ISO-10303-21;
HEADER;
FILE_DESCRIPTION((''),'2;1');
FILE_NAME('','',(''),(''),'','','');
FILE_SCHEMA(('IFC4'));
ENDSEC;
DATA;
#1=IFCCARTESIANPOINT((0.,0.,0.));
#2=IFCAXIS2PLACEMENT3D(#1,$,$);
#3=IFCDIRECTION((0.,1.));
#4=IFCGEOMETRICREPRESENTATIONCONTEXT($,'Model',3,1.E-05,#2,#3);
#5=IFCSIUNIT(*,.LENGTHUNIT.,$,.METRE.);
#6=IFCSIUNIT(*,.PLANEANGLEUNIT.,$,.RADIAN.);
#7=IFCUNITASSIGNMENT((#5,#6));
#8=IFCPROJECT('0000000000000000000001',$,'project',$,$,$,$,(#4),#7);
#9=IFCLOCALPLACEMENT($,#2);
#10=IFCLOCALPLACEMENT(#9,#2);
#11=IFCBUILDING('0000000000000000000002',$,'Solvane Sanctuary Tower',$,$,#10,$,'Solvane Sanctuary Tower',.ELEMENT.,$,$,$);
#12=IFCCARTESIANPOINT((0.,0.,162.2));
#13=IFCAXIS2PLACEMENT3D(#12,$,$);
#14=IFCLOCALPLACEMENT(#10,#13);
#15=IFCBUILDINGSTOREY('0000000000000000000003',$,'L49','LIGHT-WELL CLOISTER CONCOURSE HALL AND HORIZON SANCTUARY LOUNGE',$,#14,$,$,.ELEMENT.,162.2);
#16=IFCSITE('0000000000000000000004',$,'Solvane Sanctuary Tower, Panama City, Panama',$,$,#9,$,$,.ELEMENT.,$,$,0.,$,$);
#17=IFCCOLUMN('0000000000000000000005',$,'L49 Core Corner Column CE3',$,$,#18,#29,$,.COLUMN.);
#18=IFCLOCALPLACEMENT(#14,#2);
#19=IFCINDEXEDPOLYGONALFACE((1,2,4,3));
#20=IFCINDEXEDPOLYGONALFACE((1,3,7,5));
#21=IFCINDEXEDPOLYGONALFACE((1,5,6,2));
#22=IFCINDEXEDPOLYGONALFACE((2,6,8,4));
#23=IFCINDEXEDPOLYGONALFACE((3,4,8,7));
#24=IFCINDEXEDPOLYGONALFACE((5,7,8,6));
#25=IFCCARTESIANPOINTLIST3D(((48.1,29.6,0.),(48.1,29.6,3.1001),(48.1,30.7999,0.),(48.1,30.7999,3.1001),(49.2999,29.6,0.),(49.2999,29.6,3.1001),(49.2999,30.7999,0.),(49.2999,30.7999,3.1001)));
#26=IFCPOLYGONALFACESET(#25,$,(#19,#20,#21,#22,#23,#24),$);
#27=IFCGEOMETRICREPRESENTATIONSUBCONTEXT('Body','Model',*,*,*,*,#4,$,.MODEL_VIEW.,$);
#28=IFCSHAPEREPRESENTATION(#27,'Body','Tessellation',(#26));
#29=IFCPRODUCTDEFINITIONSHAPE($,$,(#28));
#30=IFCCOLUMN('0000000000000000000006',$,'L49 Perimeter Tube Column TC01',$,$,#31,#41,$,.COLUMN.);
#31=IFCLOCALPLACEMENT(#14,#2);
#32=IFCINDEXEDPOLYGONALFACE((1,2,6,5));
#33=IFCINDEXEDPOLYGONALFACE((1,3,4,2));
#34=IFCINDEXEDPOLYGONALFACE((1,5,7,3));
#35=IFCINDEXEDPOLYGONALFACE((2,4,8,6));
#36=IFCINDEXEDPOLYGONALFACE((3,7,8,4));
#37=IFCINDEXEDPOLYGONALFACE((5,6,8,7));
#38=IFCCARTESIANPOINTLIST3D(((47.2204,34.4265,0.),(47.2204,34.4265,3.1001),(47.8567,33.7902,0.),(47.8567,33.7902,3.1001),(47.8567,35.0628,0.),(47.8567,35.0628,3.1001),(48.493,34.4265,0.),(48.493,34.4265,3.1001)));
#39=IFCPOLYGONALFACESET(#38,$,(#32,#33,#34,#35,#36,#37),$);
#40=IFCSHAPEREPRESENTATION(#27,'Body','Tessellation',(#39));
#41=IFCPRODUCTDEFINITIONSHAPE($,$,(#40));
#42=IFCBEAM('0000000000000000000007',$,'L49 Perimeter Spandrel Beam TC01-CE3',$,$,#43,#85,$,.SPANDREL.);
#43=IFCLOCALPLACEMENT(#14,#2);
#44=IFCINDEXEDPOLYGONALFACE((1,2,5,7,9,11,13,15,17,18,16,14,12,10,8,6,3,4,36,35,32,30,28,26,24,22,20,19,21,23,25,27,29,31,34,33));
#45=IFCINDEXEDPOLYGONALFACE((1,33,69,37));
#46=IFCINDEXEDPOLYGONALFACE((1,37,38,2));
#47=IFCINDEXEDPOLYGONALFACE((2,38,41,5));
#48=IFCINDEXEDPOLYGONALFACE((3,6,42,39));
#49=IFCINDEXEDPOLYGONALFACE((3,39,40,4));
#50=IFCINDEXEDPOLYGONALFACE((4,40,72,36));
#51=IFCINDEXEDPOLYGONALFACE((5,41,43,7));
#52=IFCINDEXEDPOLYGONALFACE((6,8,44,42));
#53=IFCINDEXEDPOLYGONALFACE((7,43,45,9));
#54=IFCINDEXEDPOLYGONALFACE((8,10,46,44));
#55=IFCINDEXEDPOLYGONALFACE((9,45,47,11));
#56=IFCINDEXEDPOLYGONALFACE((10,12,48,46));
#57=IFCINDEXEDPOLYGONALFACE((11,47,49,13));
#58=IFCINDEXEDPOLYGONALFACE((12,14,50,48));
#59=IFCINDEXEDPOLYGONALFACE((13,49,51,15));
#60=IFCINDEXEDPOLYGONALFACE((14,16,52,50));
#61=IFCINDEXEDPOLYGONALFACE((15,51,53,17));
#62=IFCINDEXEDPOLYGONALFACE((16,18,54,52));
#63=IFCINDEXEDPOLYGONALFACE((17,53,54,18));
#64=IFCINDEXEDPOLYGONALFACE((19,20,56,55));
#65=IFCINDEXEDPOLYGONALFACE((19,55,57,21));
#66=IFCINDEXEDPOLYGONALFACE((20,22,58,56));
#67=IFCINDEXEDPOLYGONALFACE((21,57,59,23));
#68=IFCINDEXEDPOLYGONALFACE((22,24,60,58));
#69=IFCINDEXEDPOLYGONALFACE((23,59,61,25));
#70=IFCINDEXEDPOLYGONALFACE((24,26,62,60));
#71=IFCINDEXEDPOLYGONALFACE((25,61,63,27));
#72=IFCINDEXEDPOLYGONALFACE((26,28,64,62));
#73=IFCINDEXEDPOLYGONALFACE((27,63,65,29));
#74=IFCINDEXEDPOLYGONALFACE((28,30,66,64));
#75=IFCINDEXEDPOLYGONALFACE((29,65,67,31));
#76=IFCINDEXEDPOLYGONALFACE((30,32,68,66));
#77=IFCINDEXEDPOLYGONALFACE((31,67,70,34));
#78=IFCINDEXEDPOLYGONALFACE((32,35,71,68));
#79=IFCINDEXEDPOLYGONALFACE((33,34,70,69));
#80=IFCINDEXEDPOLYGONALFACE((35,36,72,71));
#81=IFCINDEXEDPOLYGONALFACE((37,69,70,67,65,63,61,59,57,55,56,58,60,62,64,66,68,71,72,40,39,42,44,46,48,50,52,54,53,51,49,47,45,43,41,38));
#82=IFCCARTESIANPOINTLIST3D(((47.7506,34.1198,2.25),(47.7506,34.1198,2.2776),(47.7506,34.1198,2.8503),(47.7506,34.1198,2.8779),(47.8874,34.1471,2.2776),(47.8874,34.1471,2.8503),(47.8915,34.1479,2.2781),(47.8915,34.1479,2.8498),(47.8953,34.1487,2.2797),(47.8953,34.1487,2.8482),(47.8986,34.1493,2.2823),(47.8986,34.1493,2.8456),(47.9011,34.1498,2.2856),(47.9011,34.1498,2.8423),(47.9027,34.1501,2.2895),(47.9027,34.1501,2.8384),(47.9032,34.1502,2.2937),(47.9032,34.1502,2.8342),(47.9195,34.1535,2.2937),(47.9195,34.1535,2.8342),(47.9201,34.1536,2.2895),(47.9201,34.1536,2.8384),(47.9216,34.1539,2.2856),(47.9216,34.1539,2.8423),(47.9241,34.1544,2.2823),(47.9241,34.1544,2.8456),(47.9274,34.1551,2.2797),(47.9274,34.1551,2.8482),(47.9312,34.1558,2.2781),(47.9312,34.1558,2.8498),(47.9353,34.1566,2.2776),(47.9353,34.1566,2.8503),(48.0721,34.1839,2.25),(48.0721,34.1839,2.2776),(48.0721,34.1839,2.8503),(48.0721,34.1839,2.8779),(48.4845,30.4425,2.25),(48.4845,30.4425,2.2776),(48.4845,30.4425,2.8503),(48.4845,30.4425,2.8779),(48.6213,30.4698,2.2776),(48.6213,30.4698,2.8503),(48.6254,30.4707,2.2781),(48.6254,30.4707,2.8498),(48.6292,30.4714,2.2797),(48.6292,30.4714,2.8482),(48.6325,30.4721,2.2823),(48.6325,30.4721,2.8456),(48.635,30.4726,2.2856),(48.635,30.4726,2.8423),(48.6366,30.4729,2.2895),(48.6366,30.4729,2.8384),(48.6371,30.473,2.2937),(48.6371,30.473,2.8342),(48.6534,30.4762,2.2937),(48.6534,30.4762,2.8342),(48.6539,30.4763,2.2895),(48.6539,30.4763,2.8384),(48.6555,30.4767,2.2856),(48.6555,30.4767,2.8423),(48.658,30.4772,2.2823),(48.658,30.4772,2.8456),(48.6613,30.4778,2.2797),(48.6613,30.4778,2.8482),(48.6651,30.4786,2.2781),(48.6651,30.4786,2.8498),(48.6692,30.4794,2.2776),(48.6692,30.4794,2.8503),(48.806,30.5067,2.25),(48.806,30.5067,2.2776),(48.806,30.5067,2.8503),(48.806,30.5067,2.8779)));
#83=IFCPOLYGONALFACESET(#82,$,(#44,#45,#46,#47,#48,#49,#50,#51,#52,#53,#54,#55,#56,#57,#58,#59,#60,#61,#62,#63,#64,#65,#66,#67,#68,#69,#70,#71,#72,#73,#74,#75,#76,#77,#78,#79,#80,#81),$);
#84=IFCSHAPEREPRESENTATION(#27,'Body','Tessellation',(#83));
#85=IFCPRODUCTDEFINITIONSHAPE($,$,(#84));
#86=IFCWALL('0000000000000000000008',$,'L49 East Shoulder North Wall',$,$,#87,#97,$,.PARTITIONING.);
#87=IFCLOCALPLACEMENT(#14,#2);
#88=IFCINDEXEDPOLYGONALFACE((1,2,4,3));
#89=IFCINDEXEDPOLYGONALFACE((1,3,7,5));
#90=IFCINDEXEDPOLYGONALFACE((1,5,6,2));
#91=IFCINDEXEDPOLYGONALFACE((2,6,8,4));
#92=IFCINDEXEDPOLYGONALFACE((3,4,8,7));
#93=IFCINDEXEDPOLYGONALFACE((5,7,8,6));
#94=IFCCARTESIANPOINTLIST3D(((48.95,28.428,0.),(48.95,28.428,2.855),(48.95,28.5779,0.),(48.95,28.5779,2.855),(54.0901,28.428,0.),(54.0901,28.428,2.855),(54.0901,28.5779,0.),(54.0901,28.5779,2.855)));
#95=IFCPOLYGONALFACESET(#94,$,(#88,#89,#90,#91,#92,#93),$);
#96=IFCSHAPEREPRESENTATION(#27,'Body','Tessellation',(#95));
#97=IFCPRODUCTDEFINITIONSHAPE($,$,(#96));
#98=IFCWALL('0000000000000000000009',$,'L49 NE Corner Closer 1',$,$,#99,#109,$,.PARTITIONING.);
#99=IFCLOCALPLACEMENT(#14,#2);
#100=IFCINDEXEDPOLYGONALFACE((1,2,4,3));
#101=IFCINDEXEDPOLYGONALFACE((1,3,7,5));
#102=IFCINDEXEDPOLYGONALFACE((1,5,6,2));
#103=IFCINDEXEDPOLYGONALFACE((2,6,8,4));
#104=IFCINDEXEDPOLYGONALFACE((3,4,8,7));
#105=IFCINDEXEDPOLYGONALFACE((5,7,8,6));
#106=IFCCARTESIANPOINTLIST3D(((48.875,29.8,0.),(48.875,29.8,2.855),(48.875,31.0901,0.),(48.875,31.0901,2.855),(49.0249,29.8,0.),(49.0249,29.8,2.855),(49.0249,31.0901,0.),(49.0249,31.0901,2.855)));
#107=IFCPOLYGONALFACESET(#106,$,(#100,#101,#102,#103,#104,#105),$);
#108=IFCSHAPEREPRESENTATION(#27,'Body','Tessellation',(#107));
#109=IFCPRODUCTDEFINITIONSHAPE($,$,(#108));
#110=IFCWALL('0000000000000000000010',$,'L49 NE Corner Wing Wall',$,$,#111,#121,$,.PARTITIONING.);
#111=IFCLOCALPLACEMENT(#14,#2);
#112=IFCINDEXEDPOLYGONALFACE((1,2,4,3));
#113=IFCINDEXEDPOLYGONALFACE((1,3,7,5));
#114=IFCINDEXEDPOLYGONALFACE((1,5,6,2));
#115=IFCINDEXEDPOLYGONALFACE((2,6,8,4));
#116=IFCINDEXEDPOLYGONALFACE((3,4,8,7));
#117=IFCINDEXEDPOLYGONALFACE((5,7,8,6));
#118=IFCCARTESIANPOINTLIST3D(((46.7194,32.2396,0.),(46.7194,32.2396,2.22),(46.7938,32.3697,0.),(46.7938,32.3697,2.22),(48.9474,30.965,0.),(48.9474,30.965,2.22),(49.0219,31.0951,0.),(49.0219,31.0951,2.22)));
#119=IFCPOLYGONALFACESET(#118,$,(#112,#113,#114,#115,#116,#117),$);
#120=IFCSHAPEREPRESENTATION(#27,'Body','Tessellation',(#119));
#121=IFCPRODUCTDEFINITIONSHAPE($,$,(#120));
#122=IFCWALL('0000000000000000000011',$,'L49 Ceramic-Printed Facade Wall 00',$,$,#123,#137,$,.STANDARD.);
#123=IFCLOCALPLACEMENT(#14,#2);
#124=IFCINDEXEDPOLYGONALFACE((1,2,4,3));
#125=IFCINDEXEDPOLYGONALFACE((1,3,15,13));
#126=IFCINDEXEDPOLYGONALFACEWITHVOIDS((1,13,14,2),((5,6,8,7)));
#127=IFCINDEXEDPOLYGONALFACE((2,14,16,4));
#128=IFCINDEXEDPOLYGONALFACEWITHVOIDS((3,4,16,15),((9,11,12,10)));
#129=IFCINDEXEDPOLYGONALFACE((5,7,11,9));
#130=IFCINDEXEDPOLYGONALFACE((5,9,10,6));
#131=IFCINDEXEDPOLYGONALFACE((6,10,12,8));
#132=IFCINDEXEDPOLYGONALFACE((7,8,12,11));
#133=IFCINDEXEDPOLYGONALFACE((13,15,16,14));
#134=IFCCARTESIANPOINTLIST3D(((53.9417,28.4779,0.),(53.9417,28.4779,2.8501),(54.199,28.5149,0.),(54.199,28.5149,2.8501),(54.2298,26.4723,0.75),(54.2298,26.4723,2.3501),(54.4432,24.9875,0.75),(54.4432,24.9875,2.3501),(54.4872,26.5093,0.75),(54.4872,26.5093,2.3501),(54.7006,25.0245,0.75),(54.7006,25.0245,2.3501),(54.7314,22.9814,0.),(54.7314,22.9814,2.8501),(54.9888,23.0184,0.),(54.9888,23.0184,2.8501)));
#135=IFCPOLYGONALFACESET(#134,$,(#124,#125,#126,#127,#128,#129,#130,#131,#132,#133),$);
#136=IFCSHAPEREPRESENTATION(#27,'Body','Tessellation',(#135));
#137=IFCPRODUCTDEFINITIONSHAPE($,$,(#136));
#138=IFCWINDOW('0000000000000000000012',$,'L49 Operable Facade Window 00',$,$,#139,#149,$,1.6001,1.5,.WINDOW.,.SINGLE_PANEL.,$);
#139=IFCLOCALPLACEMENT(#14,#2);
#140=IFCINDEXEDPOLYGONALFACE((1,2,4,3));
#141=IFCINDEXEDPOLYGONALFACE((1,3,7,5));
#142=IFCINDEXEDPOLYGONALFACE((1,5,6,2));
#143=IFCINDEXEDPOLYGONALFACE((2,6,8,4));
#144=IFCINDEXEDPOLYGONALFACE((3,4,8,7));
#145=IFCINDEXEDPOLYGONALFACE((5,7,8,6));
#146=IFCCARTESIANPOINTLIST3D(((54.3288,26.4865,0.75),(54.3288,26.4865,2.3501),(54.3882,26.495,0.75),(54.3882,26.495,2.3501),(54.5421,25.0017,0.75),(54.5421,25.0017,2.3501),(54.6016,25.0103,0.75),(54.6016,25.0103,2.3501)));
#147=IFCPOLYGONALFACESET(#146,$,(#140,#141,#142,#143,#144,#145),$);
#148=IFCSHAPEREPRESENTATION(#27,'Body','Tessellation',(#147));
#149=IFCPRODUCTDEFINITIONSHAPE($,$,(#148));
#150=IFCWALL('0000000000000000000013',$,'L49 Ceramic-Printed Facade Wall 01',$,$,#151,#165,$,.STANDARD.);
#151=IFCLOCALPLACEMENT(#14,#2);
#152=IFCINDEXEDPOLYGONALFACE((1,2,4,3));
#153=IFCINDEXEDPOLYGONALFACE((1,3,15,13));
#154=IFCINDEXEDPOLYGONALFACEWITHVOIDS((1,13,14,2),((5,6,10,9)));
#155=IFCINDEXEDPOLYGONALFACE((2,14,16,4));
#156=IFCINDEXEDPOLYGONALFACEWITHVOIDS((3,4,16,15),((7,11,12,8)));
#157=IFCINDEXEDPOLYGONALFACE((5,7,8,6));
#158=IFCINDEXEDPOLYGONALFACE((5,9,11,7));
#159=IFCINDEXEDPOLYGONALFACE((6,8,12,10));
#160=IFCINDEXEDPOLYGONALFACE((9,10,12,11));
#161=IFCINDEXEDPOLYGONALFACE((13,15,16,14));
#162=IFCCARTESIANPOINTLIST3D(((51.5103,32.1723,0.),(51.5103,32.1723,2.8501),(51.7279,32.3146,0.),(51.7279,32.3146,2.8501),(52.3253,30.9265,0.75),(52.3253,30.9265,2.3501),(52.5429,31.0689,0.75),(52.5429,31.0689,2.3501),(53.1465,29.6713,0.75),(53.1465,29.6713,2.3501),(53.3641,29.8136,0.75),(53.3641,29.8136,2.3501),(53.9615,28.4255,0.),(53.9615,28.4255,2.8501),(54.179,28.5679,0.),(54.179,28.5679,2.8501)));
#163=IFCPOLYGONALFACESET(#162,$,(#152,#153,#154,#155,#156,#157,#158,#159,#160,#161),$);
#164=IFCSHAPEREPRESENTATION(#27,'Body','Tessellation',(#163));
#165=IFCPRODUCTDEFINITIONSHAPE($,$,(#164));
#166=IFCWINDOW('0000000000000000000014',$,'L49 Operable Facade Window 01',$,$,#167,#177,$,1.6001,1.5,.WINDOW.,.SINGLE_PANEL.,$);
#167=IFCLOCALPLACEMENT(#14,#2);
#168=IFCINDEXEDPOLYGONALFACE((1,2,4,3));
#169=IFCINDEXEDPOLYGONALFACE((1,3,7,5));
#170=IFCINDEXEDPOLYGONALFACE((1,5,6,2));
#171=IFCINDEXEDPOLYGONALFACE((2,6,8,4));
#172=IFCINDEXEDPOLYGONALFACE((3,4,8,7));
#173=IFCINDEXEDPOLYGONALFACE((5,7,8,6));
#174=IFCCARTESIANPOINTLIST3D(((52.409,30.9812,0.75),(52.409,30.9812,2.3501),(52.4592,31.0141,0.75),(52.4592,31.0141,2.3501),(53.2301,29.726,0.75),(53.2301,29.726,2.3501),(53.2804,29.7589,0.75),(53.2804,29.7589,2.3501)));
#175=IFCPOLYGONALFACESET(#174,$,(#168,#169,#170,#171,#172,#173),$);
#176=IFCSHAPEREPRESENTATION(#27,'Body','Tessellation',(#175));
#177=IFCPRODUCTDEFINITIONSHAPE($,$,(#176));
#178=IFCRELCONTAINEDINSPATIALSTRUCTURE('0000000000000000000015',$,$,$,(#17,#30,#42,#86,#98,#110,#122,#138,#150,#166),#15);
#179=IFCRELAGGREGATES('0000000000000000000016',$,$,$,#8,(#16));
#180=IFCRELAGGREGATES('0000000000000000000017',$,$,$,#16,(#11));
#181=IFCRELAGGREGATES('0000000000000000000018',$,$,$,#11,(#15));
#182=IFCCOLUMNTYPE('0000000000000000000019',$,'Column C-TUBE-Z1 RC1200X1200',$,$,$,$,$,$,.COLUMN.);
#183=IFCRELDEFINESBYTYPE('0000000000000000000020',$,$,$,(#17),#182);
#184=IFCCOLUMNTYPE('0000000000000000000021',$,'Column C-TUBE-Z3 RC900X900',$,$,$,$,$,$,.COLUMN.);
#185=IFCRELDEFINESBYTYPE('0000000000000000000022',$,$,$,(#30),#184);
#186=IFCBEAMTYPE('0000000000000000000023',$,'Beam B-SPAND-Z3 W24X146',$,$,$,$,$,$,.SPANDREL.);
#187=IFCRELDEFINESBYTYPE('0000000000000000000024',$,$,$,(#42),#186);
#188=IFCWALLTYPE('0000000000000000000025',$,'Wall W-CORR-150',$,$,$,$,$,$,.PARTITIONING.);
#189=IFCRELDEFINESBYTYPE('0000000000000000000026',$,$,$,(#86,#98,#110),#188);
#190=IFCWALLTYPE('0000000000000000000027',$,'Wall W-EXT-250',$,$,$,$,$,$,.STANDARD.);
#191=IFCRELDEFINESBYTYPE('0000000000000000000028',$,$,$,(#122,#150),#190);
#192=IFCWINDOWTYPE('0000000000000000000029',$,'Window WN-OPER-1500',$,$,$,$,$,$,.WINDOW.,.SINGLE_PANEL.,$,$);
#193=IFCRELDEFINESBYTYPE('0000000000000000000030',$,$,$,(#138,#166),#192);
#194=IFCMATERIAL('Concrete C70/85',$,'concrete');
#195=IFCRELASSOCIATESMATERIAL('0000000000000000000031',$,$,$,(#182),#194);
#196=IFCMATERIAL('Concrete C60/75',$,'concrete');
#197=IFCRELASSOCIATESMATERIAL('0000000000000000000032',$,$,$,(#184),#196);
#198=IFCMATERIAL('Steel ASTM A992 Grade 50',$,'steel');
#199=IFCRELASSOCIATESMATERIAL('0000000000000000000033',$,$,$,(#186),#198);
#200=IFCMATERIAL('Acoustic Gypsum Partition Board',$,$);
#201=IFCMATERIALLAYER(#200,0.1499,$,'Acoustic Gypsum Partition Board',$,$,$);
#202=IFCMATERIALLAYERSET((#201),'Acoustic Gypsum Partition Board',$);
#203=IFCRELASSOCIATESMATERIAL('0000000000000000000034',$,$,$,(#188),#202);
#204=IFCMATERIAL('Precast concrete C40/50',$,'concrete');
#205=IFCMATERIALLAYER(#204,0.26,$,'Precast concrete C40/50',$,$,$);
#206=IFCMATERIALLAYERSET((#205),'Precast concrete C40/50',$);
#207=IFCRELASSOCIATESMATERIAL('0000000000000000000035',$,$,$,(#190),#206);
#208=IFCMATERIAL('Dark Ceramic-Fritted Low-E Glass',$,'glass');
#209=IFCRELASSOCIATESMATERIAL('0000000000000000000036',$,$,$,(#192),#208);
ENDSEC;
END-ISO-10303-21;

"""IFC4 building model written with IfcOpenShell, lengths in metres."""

from ifc_helpers import new_model, si_unit, direction, frame, frame_2d, origin, origin_2d, place, context, subcontext, project, spatial, rectangle, i_section, extrude, material, layer, layer_set, material_profile, profile_set, type_object, element, fill, save


model = new_model("IFC4")

# Units and contexts
model_context = context("Model", 3, precision=1e-05, world=origin(), true_north=direction((0.0, 1.0)))
body_context = subcontext(model_context, "Body", "Model", "MODEL_VIEW")
ifc_project = project(units=[si_unit("LENGTHUNIT", "METRE"), si_unit("PLANEANGLEUNIT", "RADIAN")], contexts=[model_context])

# Site, building, storey
site_placement = place(None, origin())
site = spatial("IfcSite", under=ifc_project, at=site_placement, Name="Solvane Sanctuary Tower, Panama City, Panama", CompositionType="ELEMENT", RefElevation=0.0)
building_placement = place(site_placement, origin())
building = spatial("IfcBuilding", under=site, at=building_placement, Name="Solvane Sanctuary Tower", LongName="Solvane Sanctuary Tower", CompositionType="ELEMENT")
storey_placement = place(building_placement, frame((0.0, 0.0, 162.2)))
storey = spatial("IfcBuildingStorey", under=building, at=storey_placement, Name="L49", Description="LIGHT-WELL CLOISTER CONCOURSE HALL AND HORIZON SANCTUARY LOUNGE", CompositionType="ELEMENT", Elevation=162.2)

# Columns
ifc_material_1 = material(Name="Concrete C70/85", Category="concrete")
ifc_material_profile_1 = material_profile(ifc_material_1, rectangle(XDim=1.2, YDim=1.2, at=origin_2d()), Name="RC1200X1200")
ifc_profile_set_1 = profile_set([ifc_material_profile_1], Name="Concrete C70/85")
column_type_1 = type_object("IfcColumnType", Name="Column C-TUBE-Z1 RC1200X1200", PredefinedType="COLUMN", material=ifc_profile_set_1)
column_1_placement = place(storey_placement, frame((48.7, 30.2, 0.0), z_axis=(0.0, 0.0, 1.0), x_axis=(1.0, 0.0, 0.0)))
element("IfcColumn", 1, at=column_1_placement, inside=storey, type_object=column_type_1, Name="L49 Core Corner Column CE3", PredefinedType="COLUMN", context=body_context, shape_type="SweptSolid", body=[
    extrude(rectangle(XDim=1.2, YDim=1.2, at=origin_2d()), origin(), (0.0, 0.0, 1.0), 3.1001),
])
ifc_material_2 = material(Name="Concrete C60/75", Category="concrete")
ifc_material_profile_2 = material_profile(ifc_material_2, rectangle(XDim=0.8999, YDim=0.8999, at=origin_2d()), Name="RC900X900")
ifc_profile_set_2 = profile_set([ifc_material_profile_2], Name="Concrete C60/75")
column_type_2 = type_object("IfcColumnType", Name="Column C-TUBE-Z3 RC900X900", PredefinedType="COLUMN", material=ifc_profile_set_2)
column_2_placement = place(storey_placement, frame((47.8567, 34.4265, 0.0), z_axis=(0.0, 0.0, 1.0), x_axis=(0.707107, 0.707107, 0.0)))
element("IfcColumn", 2, at=column_2_placement, inside=storey, type_object=column_type_2, Name="L49 Perimeter Tube Column TC01", PredefinedType="COLUMN", context=body_context, shape_type="SweptSolid", body=[
    extrude(rectangle(XDim=0.8999, YDim=0.8999, at=origin_2d()), origin(), (0.0, 0.0, 1.0), 3.1001),
])

# Beam
ifc_material_3 = material(Name="Steel ASTM A992 Grade 50", Category="steel")
ifc_material_profile_3 = material_profile(ifc_material_3, i_section(OverallWidth=0.3279, OverallDepth=0.6279, WebThickness=0.0166, FlangeThickness=0.0276, FilletRadius=0.0161, at=origin_2d()), Name="W24X146")
ifc_profile_set_3 = profile_set([ifc_material_profile_3], Name="Steel ASTM A992 Grade 50")
beam_type = type_object("IfcBeamType", Name="Beam B-SPAND-Z3 W24X146", PredefinedType="SPANDREL", material=ifc_profile_set_3)
beam_placement = place(storey_placement, frame((47.9114, 34.1519, 2.564), z_axis=(0.195715, -0.980661, 0.0), x_axis=(0.980661, 0.195715, 0.0)))
element("IfcBeam", 3, at=beam_placement, inside=storey, type_object=beam_type, Name="L49 Perimeter Spandrel Beam TC01-CE3", PredefinedType="SPANDREL", context=body_context, shape_type="SweptSolid", body=[
    extrude(i_section(OverallWidth=0.3279, OverallDepth=0.6279, WebThickness=0.0166, FlangeThickness=0.0276, FilletRadius=0.0161, at=origin_2d()), origin(), (0.0, 0.0, 1.0), 3.7498),
])

# Walls
ifc_material_4 = material(Name="Acoustic Gypsum Partition Board")
ifc_layer_1 = layer(ifc_material_4, 0.1499, Name="Acoustic Gypsum Partition Board")
ifc_layer_set_1 = layer_set([ifc_layer_1], Name="Acoustic Gypsum Partition Board")
wall_type_1 = type_object("IfcWallType", Name="Wall W-CORR-150", PredefinedType="PARTITIONING", material=ifc_layer_set_1)
wall_1_placement = place(storey_placement, frame((48.95, 28.5029, 0.0), z_axis=(0.0, 0.0, 1.0), x_axis=(1.0, 0.0, 0.0)))
element("IfcWall", 4, at=wall_1_placement, inside=storey, type_object=wall_type_1, Name="L49 East Shoulder North Wall", PredefinedType="PARTITIONING", context=body_context, shape_type="SweptSolid", body=[
    extrude(rectangle(XDim=5.1401, YDim=0.1499, at=frame_2d((2.5701, 0.0))), origin(), (0.0, 0.0, 1.0), 2.855),
])
wall_2_placement = place(storey_placement, frame((48.95, 29.8, 0.0), z_axis=(0.0, 0.0, 1.0), x_axis=(0.0, 1.0, 0.0)))
element("IfcWall", 5, at=wall_2_placement, inside=storey, type_object=wall_type_1, Name="L49 NE Corner Closer 1", PredefinedType="PARTITIONING", context=body_context, shape_type="SweptSolid", body=[
    extrude(rectangle(XDim=1.29, YDim=0.1499, at=frame_2d((0.645, 0.0))), origin(), (0.0, 0.0, 1.0), 2.855),
])
wall_3_placement = place(storey_placement, frame((46.7566, 32.3047, 0.0), z_axis=(0.0, 0.0, 1.0), x_axis=(0.867991, -0.496579, 0.0)))
element("IfcWall", 6, at=wall_3_placement, inside=storey, type_object=wall_type_1, Name="L49 NE Corner Wing Wall", PredefinedType="PARTITIONING", context=body_context, shape_type="SweptSolid", body=[
    extrude(rectangle(XDim=2.5669, YDim=0.1499, at=frame_2d((1.2834, 0.0))), origin(), (0.0, 0.0, 1.0), 2.22),
])

# Walls, openings, windows
ifc_material_5 = material(Name="Precast concrete C40/50", Category="concrete")
ifc_layer_2 = layer(ifc_material_5, 0.26, Name="Precast concrete C40/50")
ifc_layer_set_2 = layer_set([ifc_layer_2], Name="Precast concrete C40/50")
wall_type_2 = type_object("IfcWallType", Name="Wall W-EXT-250", PredefinedType="STANDARD", material=ifc_layer_set_2)
wall_4_placement = place(storey_placement, frame((54.8601, 23.0, 0.0), z_axis=(0.0, 0.0, 1.0), x_axis=(-0.142228, 0.989834, 0.0)))
wall_4 = element("IfcWall", 7, at=wall_4_placement, inside=storey, type_object=wall_type_2, Name="L49 Ceramic-Printed Facade Wall 00", PredefinedType="STANDARD", context=body_context, shape_type="SweptSolid", body=[
    extrude(rectangle(XDim=5.553, YDim=0.26, at=frame_2d((2.7764, 0.0))), origin(), (0.0, 0.0, 1.0), 2.8501),
])
opening_1_placement = place(wall_4_placement, frame((2.0266, 0.0, 0.75)))
opening_1 = element("IfcOpeningElement", 8, at=opening_1_placement, cuts=wall_4, PredefinedType="OPENING", context=body_context, shape_type="SweptSolid", body=[
    extrude(rectangle(XDim=1.5, YDim=1.6001, at=frame_2d((0.75, 0.8))), frame((0.0, 0.1399, 0.0), z_axis=(0.0, -1.0, 0.0), x_axis=(1.0, 0.0, 0.0)), (0.0, 0.0, 1.0), 0.28),
])
ifc_material_6 = material(Name="Dark Ceramic-Fritted Low-E Glass", Category="glass")
window_type = type_object("IfcWindowType", Name="Window WN-OPER-1500", PartitioningType="SINGLE_PANEL", PredefinedType="WINDOW", material=ifc_material_6)
window_1_placement = place(opening_1_placement, origin())
window_1 = element("IfcWindow", 9, at=window_1_placement, inside=storey, type_object=window_type, Name="L49 Operable Facade Window 00", OverallHeight=1.6001, OverallWidth=1.5, PartitioningType="SINGLE_PANEL", PredefinedType="WINDOW", context=body_context, shape_type="SweptSolid", body=[
    extrude(rectangle(XDim=1.5, YDim=1.6001, at=frame_2d((0.75, 0.8))), frame((0.0, 0.03, 0.0), z_axis=(0.0, -1.0, 0.0), x_axis=(1.0, 0.0, 0.0)), (0.0, 0.0, 1.0), 0.0601),
])
fill(opening_1, window_1)
wall_5_placement = place(storey_placement, frame((54.0703, 28.4966, 0.0), z_axis=(0.0, 0.0, 1.0), x_axis=(-0.547456, 0.836834, 0.0)))
wall_5 = element("IfcWall", 10, at=wall_5_placement, inside=storey, type_object=wall_type_2, Name="L49 Ceramic-Printed Facade Wall 01", PredefinedType="STANDARD", context=body_context, shape_type="SweptSolid", body=[
    extrude(rectangle(XDim=4.4773, YDim=0.26, at=frame_2d((2.2388, 0.0))), origin(), (0.0, 0.0, 1.0), 2.8501),
])
opening_2_placement = place(wall_5_placement, frame((1.4888, 0.0, 0.75)))
opening_2 = element("IfcOpeningElement", 11, at=opening_2_placement, cuts=wall_5, PredefinedType="OPENING", context=body_context, shape_type="SweptSolid", body=[
    extrude(rectangle(XDim=1.5, YDim=1.6001, at=frame_2d((0.75, 0.8))), frame((0.0, 0.1399, 0.0), z_axis=(0.0, -1.0, 0.0), x_axis=(1.0, 0.0, 0.0)), (0.0, 0.0, 1.0), 0.28),
])
window_2_placement = place(opening_2_placement, origin())
window_2 = element("IfcWindow", 12, at=window_2_placement, inside=storey, type_object=window_type, Name="L49 Operable Facade Window 01", OverallHeight=1.6001, OverallWidth=1.5, PartitioningType="SINGLE_PANEL", PredefinedType="WINDOW", context=body_context, shape_type="SweptSolid", body=[
    extrude(rectangle(XDim=1.5, YDim=1.6001, at=frame_2d((0.75, 0.8))), frame((0.0, 0.03, 0.0), z_axis=(0.0, -1.0, 0.0), x_axis=(1.0, 0.0, 0.0)), (0.0, 0.0, 1.0), 0.0601),
])
fill(opening_2, window_2)

save(model, "model.ifc")
